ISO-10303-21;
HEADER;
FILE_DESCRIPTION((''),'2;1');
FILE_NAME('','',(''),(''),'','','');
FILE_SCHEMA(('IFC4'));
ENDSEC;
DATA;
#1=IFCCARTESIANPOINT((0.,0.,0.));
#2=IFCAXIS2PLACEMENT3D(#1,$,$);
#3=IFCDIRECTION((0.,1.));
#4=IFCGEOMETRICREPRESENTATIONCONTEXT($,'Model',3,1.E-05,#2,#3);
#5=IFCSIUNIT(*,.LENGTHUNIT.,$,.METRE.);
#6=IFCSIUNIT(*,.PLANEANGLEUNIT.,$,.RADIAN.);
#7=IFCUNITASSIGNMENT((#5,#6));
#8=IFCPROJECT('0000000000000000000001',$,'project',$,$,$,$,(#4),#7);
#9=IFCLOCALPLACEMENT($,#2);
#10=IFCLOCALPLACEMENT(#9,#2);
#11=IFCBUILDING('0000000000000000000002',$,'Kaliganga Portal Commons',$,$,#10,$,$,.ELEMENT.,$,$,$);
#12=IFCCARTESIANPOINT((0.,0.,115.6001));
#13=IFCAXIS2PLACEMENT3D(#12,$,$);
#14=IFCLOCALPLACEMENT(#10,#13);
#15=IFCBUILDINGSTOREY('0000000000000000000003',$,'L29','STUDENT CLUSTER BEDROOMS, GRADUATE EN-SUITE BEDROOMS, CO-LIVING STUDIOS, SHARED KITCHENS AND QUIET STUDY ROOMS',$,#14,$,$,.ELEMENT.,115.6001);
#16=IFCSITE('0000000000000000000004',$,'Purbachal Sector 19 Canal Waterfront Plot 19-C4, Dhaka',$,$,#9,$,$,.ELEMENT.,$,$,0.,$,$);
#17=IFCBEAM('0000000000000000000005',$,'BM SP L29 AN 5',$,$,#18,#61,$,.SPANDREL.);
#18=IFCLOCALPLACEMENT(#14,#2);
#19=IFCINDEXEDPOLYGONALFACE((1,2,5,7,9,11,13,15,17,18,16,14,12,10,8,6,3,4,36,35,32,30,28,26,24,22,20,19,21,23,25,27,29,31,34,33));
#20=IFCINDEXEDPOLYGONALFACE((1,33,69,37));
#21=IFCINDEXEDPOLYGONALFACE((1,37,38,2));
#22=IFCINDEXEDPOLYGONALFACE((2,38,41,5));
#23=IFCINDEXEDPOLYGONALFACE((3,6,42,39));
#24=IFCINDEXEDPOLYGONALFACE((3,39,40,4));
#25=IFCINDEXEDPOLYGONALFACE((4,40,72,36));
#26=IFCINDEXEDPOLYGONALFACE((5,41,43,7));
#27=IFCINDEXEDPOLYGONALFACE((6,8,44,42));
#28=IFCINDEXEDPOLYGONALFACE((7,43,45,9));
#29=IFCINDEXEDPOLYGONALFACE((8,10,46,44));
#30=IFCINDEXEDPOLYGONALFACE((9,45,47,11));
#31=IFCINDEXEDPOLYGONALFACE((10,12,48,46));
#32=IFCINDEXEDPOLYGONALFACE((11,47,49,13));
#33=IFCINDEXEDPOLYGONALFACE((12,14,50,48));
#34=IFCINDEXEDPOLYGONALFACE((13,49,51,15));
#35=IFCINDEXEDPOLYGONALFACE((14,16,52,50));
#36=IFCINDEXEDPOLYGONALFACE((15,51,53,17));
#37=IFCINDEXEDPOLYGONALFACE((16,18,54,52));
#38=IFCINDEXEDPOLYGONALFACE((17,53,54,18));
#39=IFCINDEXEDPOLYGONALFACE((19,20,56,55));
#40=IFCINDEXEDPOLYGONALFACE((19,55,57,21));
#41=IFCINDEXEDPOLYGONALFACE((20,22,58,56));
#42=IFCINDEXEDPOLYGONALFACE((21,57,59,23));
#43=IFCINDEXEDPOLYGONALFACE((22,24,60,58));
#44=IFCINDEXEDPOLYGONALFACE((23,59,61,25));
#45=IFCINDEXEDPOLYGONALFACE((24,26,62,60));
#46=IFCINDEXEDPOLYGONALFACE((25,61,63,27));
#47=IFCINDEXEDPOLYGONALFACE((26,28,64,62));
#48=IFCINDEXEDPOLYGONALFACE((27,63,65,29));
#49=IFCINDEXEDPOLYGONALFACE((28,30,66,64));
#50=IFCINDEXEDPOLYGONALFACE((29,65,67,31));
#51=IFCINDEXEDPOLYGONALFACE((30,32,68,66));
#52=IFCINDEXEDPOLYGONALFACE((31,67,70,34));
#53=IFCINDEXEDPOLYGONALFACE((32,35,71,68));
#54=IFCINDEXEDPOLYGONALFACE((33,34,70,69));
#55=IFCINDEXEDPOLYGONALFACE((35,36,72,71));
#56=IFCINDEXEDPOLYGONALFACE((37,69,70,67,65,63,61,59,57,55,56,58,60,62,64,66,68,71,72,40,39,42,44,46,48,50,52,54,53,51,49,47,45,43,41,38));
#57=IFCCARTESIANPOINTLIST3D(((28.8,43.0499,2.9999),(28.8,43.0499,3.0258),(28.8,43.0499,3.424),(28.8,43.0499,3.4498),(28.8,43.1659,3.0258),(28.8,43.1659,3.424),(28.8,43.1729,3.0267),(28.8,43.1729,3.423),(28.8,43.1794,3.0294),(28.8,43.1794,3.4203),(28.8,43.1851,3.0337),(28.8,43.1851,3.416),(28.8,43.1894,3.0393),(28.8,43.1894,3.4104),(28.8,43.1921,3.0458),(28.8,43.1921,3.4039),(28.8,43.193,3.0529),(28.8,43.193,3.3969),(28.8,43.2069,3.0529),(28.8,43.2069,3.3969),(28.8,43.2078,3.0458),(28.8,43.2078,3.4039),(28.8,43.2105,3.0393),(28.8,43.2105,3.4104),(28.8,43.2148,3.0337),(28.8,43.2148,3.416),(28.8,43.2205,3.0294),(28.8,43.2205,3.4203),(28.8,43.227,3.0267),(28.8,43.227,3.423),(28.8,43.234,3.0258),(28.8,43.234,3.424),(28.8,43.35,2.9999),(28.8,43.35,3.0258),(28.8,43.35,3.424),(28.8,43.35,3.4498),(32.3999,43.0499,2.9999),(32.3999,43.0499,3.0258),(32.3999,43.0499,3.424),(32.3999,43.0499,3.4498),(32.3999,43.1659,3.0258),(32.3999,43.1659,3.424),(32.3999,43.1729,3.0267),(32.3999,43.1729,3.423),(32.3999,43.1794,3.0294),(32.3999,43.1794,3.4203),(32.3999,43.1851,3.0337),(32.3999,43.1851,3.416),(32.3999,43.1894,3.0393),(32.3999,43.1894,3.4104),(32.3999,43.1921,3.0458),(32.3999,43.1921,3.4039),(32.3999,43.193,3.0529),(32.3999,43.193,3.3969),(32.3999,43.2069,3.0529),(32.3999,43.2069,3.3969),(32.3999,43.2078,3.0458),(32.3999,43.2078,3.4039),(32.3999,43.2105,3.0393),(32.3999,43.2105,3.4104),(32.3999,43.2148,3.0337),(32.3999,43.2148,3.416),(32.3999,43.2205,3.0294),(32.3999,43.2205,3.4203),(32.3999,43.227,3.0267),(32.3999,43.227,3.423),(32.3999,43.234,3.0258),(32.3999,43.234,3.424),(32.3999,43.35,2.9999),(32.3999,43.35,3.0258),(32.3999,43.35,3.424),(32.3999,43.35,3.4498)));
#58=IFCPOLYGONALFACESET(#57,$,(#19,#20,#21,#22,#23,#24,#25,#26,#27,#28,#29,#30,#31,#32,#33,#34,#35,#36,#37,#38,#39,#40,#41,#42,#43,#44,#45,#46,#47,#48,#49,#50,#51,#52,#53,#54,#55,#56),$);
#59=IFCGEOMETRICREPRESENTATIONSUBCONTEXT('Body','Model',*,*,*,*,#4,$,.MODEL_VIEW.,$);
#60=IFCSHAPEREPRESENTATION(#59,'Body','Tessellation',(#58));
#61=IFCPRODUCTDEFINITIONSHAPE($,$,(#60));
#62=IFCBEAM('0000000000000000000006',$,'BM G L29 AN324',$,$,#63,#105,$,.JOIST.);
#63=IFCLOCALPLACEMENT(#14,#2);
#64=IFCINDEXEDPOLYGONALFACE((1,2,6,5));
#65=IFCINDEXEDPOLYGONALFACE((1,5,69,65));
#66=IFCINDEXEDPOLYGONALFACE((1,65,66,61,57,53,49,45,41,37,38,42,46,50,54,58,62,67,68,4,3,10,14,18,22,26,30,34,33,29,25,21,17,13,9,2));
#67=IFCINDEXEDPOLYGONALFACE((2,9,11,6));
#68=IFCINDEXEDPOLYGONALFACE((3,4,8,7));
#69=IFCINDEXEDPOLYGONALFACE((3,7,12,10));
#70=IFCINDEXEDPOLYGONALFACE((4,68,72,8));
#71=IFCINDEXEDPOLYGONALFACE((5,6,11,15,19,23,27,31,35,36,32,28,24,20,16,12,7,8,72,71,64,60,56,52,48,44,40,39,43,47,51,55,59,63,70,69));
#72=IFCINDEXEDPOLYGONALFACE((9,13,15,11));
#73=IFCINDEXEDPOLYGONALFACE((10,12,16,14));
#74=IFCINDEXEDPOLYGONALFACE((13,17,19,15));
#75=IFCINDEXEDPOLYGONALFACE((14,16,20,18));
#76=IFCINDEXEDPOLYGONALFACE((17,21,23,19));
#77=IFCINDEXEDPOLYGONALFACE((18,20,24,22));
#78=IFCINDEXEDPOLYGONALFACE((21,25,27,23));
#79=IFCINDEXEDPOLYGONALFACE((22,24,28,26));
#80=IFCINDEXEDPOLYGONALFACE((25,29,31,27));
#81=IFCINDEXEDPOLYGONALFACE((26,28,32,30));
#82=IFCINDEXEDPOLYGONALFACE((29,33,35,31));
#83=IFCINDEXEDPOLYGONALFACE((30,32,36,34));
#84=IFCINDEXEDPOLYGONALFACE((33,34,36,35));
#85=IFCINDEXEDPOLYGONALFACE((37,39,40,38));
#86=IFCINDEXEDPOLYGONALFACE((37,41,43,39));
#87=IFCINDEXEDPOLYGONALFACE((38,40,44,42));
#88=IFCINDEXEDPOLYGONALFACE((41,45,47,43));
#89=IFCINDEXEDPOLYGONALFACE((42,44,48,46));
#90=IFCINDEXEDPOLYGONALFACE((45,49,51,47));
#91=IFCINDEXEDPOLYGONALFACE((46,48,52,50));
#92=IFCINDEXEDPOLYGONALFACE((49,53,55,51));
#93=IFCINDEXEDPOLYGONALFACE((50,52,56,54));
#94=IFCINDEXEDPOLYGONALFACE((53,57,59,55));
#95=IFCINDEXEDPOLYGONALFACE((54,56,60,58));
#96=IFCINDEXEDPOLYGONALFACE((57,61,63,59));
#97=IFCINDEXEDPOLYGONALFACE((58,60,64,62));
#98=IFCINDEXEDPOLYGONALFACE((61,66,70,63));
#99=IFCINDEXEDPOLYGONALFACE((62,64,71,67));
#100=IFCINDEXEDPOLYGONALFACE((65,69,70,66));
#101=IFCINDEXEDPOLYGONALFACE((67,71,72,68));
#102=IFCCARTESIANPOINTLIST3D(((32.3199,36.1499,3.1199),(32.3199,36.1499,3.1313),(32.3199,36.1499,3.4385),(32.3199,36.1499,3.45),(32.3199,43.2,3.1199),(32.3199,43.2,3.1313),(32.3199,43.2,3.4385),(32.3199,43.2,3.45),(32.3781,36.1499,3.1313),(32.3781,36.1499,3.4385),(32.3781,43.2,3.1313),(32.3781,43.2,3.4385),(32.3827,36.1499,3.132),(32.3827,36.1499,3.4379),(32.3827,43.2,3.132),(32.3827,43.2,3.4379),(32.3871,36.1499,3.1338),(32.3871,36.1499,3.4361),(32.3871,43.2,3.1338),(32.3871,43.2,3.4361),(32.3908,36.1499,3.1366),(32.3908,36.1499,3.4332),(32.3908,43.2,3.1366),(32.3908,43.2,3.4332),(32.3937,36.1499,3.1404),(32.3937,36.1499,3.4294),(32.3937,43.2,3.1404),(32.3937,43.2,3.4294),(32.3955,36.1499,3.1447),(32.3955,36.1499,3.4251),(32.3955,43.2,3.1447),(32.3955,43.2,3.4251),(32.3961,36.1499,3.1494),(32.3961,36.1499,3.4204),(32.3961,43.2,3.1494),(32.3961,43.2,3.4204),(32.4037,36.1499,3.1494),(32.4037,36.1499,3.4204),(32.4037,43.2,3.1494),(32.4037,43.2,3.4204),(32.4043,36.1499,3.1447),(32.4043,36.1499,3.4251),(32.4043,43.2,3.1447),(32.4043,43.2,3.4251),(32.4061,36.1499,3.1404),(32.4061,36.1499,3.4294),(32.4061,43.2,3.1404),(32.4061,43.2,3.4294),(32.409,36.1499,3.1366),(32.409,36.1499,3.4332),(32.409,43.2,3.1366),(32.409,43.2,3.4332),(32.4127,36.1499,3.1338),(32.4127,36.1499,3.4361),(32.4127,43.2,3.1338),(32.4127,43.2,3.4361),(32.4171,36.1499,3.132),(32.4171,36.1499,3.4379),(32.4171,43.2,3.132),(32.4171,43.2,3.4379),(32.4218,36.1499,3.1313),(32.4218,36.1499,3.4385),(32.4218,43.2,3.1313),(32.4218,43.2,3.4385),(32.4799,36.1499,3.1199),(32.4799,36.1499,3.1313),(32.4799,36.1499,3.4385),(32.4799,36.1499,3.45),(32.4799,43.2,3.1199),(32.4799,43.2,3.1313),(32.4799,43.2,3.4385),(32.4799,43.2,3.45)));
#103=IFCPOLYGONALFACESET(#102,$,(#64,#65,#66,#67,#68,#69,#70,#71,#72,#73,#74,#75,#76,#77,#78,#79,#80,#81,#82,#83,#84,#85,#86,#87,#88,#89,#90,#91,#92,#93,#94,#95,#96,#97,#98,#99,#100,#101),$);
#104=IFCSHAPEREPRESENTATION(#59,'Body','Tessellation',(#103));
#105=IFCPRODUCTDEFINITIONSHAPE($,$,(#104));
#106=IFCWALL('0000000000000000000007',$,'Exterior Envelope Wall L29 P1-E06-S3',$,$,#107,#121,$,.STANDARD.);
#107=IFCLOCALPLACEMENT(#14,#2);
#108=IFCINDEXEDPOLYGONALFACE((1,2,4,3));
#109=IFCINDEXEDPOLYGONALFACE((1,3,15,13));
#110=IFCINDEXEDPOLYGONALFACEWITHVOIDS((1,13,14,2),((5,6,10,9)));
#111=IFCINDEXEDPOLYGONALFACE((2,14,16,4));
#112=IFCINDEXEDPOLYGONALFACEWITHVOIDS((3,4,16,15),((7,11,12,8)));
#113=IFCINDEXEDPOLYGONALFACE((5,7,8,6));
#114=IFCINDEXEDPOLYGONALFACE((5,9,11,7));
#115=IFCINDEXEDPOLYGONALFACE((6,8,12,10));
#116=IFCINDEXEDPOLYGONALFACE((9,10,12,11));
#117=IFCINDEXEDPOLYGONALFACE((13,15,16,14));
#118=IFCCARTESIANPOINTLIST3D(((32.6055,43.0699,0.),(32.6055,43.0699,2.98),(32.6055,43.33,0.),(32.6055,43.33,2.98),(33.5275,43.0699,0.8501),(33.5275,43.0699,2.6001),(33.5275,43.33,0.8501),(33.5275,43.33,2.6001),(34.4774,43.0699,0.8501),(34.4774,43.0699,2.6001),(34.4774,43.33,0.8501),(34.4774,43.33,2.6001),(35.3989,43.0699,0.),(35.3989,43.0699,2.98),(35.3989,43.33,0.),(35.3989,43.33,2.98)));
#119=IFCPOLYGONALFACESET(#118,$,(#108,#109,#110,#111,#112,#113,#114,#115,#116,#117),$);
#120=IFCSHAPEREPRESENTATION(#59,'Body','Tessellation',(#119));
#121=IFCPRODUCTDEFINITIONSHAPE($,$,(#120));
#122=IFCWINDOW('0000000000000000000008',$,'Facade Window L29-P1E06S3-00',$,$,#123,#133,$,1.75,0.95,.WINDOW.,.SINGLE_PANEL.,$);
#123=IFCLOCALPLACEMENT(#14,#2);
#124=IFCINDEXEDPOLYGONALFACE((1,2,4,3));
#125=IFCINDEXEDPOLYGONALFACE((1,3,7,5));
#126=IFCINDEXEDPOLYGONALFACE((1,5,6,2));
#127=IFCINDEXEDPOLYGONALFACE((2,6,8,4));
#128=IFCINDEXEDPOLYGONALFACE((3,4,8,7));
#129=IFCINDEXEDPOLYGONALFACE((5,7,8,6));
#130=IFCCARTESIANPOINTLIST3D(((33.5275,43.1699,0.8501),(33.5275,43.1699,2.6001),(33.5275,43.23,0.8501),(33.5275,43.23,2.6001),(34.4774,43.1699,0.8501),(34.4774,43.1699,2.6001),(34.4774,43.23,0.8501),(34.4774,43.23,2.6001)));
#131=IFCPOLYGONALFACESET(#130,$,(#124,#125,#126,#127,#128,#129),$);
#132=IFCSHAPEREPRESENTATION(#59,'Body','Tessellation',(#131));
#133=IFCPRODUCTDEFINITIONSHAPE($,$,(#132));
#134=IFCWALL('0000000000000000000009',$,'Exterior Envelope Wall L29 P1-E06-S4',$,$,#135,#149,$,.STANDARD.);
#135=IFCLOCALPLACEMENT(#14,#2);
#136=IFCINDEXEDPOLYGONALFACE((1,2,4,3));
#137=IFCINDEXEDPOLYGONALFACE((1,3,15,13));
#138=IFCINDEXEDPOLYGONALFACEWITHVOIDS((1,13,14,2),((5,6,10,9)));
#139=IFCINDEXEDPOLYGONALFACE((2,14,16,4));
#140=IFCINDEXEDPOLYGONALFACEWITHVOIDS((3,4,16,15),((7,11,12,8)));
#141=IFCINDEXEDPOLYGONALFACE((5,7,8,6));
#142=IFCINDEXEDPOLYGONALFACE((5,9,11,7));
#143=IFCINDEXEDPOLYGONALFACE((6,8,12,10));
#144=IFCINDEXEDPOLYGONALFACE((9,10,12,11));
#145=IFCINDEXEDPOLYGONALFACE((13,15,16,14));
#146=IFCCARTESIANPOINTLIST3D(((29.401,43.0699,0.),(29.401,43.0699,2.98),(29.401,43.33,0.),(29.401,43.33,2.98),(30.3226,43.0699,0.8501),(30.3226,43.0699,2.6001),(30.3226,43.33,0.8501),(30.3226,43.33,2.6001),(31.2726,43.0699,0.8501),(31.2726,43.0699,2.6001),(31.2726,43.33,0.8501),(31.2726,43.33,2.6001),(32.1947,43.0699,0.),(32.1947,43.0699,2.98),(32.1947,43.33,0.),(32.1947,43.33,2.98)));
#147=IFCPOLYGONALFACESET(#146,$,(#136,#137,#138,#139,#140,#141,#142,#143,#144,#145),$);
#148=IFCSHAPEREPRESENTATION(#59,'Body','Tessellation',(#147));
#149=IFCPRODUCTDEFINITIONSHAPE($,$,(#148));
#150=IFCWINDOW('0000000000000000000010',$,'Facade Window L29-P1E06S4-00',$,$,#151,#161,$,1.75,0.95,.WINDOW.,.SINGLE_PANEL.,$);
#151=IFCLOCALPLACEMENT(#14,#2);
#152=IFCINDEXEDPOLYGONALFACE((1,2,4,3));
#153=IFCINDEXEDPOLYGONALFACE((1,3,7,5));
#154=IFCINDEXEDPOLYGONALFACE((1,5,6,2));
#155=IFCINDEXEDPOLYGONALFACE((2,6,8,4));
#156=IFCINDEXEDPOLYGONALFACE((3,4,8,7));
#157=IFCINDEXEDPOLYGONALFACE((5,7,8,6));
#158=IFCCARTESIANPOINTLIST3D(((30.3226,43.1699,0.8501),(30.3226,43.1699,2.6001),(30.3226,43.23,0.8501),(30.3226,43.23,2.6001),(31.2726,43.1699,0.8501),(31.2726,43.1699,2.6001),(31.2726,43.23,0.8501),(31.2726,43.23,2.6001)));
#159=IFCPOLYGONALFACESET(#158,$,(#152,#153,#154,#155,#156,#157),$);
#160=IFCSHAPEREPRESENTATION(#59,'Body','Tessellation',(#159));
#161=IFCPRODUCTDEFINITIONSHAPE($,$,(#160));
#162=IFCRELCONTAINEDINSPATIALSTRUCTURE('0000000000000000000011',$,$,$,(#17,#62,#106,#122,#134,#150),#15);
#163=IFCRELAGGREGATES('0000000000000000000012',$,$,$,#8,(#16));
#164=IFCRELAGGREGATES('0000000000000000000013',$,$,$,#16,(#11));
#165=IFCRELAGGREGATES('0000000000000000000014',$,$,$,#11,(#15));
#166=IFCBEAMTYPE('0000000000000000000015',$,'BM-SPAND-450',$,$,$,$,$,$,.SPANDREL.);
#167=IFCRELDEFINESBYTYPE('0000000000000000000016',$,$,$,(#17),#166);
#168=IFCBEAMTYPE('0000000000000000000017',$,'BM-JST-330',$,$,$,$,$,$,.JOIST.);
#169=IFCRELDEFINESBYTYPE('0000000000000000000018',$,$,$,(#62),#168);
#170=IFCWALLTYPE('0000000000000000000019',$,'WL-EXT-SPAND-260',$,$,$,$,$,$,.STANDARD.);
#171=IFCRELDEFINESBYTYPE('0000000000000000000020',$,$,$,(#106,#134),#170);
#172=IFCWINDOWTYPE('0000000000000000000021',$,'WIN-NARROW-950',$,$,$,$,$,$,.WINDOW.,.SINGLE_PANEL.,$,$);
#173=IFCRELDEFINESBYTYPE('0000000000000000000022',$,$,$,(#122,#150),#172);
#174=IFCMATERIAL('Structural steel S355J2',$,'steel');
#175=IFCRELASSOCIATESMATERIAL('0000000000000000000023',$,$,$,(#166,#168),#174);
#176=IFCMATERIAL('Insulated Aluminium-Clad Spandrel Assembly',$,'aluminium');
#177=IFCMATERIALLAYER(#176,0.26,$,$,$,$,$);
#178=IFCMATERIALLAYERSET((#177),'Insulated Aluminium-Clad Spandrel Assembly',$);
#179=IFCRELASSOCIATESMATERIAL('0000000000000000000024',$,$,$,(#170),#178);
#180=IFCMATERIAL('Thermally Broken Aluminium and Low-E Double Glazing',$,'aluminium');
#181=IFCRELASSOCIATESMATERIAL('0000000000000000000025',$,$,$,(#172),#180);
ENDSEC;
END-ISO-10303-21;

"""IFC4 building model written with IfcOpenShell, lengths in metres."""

from ifc_helpers import new_model, si_unit, direction, frame, frame_2d, origin, origin_2d, place, context, subcontext, project, spatial, rectangle, i_section, extrude, source, transform, mapped, material, layer, layer_set, material_profile, profile_set, type_object, element, fill, save


model = new_model("IFC4")

# Units and contexts
model_context = context("Model", 3, precision=1e-05, world=origin(), true_north=direction((0.0, 1.0)))
body_context = subcontext(model_context, "Body", "Model", "MODEL_VIEW")
ifc_project = project(units=[si_unit("LENGTHUNIT", "METRE"), si_unit("PLANEANGLEUNIT", "RADIAN")], contexts=[model_context])

# Site, building, storey
site_placement = place(None, origin())
site = spatial("IfcSite", under=ifc_project, at=site_placement, Name="Purbachal Sector 19 Canal Waterfront Plot 19-C4, Dhaka", CompositionType="ELEMENT", RefElevation=0.0)
building_placement = place(site_placement, origin())
building = spatial("IfcBuilding", under=site, at=building_placement, Name="Kaliganga Portal Commons", CompositionType="ELEMENT")
storey_placement = place(building_placement, frame((0.0, 0.0, 115.6001)))
storey = spatial("IfcBuildingStorey", under=building, at=storey_placement, Name="L29", Description="STUDENT CLUSTER BEDROOMS, GRADUATE EN-SUITE BEDROOMS, CO-LIVING STUDIOS, SHARED KITCHENS AND QUIET STUDY ROOMS", CompositionType="ELEMENT", Elevation=115.6001)

# Beams
ifc_material_1 = material(Name="Structural steel S355J2", Category="steel")
ifc_material_profile_1 = material_profile(ifc_material_1, i_section(OverallWidth=0.3, OverallDepth=0.45, WebThickness=0.0139, FlangeThickness=0.0259, FilletRadius=0.0271, at=origin_2d()), Name="HE 450 B")
ifc_profile_set_1 = profile_set([ifc_material_profile_1], Name="Structural steel S355J2 wide-flange")
beam_type_1 = type_object("IfcBeamType", Name="BM-SPAND-450", PredefinedType="SPANDREL", material=ifc_profile_set_1)
shared_shape_1 = source(origin(), body_context, "Body", "SweptSolid", [
    extrude(i_section(OverallWidth=0.3, OverallDepth=0.45, WebThickness=0.0139, FlangeThickness=0.0259, FilletRadius=0.0271, at=origin_2d()), origin(), (0.0, 0.0, 1.0), 3.5999),
])
for number, where, z_axis, x_axis, name in (
    (1, (28.8, 43.2, 3.2249), (1.0, 0.0, 0.0), (0.0, 1.0, 0.0), "BM SP L29 AN 5"),
):
    element("IfcBeam", number, at=place(storey_placement, frame(where, z_axis=z_axis, x_axis=x_axis)), inside=storey, type_object=beam_type_1, Name=name, PredefinedType="SPANDREL", context=body_context, shape_type="MappedRepresentation", body=[
        mapped(shared_shape_1, transform((0.0, 0.0, 0.0), x_axis=(1.0, 0.0, 0.0), y_axis=(0.0, 1.0, 0.0), z_axis=(0.0, 0.0, 1.0), scale=1.0)),
    ])
ifc_material_profile_2 = material_profile(ifc_material_1, i_section(OverallWidth=0.1599, OverallDepth=0.3301, WebThickness=0.0076, FlangeThickness=0.0115, FilletRadius=0.0181, at=origin_2d()), Name="IPE 330")
ifc_profile_set_2 = profile_set([ifc_material_profile_2], Name="Structural steel S355J2 wide-flange")
beam_type_2 = type_object("IfcBeamType", Name="BM-JST-330", PredefinedType="JOIST", material=ifc_profile_set_2)
shared_shape_2 = source(origin(), body_context, "Body", "SweptSolid", [
    extrude(i_section(OverallWidth=0.1599, OverallDepth=0.3301, WebThickness=0.0076, FlangeThickness=0.0115, FilletRadius=0.0181, at=origin_2d()), origin(), (0.0, 0.0, 1.0), 7.05),
])
beam_1_placement = place(storey_placement, frame((32.3999, 36.1499, 3.2849), z_axis=(0.0, 1.0, 0.0), x_axis=(-1.0, 0.0, 0.0)))
element("IfcBeam", 2, at=beam_1_placement, inside=storey, type_object=beam_type_2, Name="BM G L29 AN324", PredefinedType="JOIST", context=body_context, shape_type="MappedRepresentation", body=[
    mapped(shared_shape_2, transform((0.0, 0.0, 0.0), x_axis=(1.0, 0.0, 0.0), y_axis=(0.0, 1.0, 0.0), z_axis=(0.0, 0.0, 1.0), scale=1.0)),
])

# Walls, openings, windows
ifc_material_2 = material(Name="Insulated Aluminium-Clad Spandrel Assembly", Category="aluminium")
ifc_layer_1 = layer(ifc_material_2, 0.26)
ifc_layer_set_1 = layer_set([ifc_layer_1], Name="Insulated Aluminium-Clad Spandrel Assembly")
wall_type_1 = type_object("IfcWallType", Name="WL-EXT-SPAND-260", PredefinedType="STANDARD", material=ifc_layer_set_1)
wall_1_placement = place(storey_placement, frame((32.6055, 43.2, 0.0), z_axis=(0.0, 0.0, 1.0), x_axis=(1.0, 0.0, 0.0)))
wall_1 = element("IfcWall", 3, at=wall_1_placement, inside=storey, type_object=wall_type_1, Name="Exterior Envelope Wall L29 P1-E06-S3", PredefinedType="STANDARD", context=body_context, shape_type="SweptSolid", body=[
    extrude(rectangle(XDim=2.7935, YDim=0.26, at=frame_2d((1.3967, 0.0))), origin(), (0.0, 0.0, 1.0), 2.98),
])
opening_1_placement = place(wall_1_placement, frame((0.9219, 0.0, 0.8501)))
opening_1 = element("IfcOpeningElement", 4, at=opening_1_placement, cuts=wall_1, PredefinedType="OPENING", context=body_context, shape_type="SweptSolid", body=[
    extrude(rectangle(XDim=0.95, YDim=1.75, at=frame_2d((0.4751, 0.875))), frame((0.0, 0.1401, 0.0), z_axis=(0.0, -1.0, 0.0), x_axis=(1.0, 0.0, 0.0)), (0.0, 0.0, 1.0), 0.28),
])
ifc_material_3 = material(Name="Thermally Broken Aluminium and Low-E Double Glazing", Category="aluminium")
window_type = type_object("IfcWindowType", Name="WIN-NARROW-950", PartitioningType="SINGLE_PANEL", PredefinedType="WINDOW", material=ifc_material_3)
window_1_placement = place(opening_1_placement, origin())
window_1 = element("IfcWindow", 5, at=window_1_placement, inside=storey, type_object=window_type, Name="Facade Window L29-P1E06S3-00", OverallHeight=1.75, OverallWidth=0.95, PartitioningType="SINGLE_PANEL", PredefinedType="WINDOW", context=body_context, shape_type="SweptSolid", body=[
    extrude(rectangle(XDim=0.95, YDim=1.75, at=frame_2d((0.4751, 0.875))), frame((0.0, 0.03, 0.0), z_axis=(0.0, -1.0, 0.0), x_axis=(1.0, 0.0, 0.0)), (0.0, 0.0, 1.0), 0.0601),
])
fill(opening_1, window_1)
wall_2_placement = place(storey_placement, frame((29.4009, 43.2, 0.0), z_axis=(0.0, 0.0, 1.0), x_axis=(1.0, 0.0, 0.0)))
wall_2 = element("IfcWall", 6, at=wall_2_placement, inside=storey, type_object=wall_type_1, Name="Exterior Envelope Wall L29 P1-E06-S4", PredefinedType="STANDARD", context=body_context, shape_type="SweptSolid", body=[
    extrude(rectangle(XDim=2.7937, YDim=0.26, at=frame_2d((1.397, 0.0))), origin(), (0.0, 0.0, 1.0), 2.98),
])
opening_2_placement = place(wall_2_placement, frame((0.9216, 0.0, 0.8501)))
opening_2 = element("IfcOpeningElement", 7, at=opening_2_placement, cuts=wall_2, PredefinedType="OPENING", context=body_context, shape_type="SweptSolid", body=[
    extrude(rectangle(XDim=0.95, YDim=1.75, at=frame_2d((0.4751, 0.875))), frame((0.0, 0.1401, 0.0), z_axis=(0.0, -1.0, 0.0), x_axis=(1.0, 0.0, 0.0)), (0.0, 0.0, 1.0), 0.28),
])
window_2_placement = place(opening_2_placement, origin())
window_2 = element("IfcWindow", 8, at=window_2_placement, inside=storey, type_object=window_type, Name="Facade Window L29-P1E06S4-00", OverallHeight=1.75, OverallWidth=0.95, PartitioningType="SINGLE_PANEL", PredefinedType="WINDOW", context=body_context, shape_type="SweptSolid", body=[
    extrude(rectangle(XDim=0.95, YDim=1.75, at=frame_2d((0.4751, 0.875))), frame((0.0, 0.03, 0.0), z_axis=(0.0, -1.0, 0.0), x_axis=(1.0, 0.0, 0.0)), (0.0, 0.0, 1.0), 0.0601),
])
fill(opening_2, window_2)

save(model, "model.ifc")
